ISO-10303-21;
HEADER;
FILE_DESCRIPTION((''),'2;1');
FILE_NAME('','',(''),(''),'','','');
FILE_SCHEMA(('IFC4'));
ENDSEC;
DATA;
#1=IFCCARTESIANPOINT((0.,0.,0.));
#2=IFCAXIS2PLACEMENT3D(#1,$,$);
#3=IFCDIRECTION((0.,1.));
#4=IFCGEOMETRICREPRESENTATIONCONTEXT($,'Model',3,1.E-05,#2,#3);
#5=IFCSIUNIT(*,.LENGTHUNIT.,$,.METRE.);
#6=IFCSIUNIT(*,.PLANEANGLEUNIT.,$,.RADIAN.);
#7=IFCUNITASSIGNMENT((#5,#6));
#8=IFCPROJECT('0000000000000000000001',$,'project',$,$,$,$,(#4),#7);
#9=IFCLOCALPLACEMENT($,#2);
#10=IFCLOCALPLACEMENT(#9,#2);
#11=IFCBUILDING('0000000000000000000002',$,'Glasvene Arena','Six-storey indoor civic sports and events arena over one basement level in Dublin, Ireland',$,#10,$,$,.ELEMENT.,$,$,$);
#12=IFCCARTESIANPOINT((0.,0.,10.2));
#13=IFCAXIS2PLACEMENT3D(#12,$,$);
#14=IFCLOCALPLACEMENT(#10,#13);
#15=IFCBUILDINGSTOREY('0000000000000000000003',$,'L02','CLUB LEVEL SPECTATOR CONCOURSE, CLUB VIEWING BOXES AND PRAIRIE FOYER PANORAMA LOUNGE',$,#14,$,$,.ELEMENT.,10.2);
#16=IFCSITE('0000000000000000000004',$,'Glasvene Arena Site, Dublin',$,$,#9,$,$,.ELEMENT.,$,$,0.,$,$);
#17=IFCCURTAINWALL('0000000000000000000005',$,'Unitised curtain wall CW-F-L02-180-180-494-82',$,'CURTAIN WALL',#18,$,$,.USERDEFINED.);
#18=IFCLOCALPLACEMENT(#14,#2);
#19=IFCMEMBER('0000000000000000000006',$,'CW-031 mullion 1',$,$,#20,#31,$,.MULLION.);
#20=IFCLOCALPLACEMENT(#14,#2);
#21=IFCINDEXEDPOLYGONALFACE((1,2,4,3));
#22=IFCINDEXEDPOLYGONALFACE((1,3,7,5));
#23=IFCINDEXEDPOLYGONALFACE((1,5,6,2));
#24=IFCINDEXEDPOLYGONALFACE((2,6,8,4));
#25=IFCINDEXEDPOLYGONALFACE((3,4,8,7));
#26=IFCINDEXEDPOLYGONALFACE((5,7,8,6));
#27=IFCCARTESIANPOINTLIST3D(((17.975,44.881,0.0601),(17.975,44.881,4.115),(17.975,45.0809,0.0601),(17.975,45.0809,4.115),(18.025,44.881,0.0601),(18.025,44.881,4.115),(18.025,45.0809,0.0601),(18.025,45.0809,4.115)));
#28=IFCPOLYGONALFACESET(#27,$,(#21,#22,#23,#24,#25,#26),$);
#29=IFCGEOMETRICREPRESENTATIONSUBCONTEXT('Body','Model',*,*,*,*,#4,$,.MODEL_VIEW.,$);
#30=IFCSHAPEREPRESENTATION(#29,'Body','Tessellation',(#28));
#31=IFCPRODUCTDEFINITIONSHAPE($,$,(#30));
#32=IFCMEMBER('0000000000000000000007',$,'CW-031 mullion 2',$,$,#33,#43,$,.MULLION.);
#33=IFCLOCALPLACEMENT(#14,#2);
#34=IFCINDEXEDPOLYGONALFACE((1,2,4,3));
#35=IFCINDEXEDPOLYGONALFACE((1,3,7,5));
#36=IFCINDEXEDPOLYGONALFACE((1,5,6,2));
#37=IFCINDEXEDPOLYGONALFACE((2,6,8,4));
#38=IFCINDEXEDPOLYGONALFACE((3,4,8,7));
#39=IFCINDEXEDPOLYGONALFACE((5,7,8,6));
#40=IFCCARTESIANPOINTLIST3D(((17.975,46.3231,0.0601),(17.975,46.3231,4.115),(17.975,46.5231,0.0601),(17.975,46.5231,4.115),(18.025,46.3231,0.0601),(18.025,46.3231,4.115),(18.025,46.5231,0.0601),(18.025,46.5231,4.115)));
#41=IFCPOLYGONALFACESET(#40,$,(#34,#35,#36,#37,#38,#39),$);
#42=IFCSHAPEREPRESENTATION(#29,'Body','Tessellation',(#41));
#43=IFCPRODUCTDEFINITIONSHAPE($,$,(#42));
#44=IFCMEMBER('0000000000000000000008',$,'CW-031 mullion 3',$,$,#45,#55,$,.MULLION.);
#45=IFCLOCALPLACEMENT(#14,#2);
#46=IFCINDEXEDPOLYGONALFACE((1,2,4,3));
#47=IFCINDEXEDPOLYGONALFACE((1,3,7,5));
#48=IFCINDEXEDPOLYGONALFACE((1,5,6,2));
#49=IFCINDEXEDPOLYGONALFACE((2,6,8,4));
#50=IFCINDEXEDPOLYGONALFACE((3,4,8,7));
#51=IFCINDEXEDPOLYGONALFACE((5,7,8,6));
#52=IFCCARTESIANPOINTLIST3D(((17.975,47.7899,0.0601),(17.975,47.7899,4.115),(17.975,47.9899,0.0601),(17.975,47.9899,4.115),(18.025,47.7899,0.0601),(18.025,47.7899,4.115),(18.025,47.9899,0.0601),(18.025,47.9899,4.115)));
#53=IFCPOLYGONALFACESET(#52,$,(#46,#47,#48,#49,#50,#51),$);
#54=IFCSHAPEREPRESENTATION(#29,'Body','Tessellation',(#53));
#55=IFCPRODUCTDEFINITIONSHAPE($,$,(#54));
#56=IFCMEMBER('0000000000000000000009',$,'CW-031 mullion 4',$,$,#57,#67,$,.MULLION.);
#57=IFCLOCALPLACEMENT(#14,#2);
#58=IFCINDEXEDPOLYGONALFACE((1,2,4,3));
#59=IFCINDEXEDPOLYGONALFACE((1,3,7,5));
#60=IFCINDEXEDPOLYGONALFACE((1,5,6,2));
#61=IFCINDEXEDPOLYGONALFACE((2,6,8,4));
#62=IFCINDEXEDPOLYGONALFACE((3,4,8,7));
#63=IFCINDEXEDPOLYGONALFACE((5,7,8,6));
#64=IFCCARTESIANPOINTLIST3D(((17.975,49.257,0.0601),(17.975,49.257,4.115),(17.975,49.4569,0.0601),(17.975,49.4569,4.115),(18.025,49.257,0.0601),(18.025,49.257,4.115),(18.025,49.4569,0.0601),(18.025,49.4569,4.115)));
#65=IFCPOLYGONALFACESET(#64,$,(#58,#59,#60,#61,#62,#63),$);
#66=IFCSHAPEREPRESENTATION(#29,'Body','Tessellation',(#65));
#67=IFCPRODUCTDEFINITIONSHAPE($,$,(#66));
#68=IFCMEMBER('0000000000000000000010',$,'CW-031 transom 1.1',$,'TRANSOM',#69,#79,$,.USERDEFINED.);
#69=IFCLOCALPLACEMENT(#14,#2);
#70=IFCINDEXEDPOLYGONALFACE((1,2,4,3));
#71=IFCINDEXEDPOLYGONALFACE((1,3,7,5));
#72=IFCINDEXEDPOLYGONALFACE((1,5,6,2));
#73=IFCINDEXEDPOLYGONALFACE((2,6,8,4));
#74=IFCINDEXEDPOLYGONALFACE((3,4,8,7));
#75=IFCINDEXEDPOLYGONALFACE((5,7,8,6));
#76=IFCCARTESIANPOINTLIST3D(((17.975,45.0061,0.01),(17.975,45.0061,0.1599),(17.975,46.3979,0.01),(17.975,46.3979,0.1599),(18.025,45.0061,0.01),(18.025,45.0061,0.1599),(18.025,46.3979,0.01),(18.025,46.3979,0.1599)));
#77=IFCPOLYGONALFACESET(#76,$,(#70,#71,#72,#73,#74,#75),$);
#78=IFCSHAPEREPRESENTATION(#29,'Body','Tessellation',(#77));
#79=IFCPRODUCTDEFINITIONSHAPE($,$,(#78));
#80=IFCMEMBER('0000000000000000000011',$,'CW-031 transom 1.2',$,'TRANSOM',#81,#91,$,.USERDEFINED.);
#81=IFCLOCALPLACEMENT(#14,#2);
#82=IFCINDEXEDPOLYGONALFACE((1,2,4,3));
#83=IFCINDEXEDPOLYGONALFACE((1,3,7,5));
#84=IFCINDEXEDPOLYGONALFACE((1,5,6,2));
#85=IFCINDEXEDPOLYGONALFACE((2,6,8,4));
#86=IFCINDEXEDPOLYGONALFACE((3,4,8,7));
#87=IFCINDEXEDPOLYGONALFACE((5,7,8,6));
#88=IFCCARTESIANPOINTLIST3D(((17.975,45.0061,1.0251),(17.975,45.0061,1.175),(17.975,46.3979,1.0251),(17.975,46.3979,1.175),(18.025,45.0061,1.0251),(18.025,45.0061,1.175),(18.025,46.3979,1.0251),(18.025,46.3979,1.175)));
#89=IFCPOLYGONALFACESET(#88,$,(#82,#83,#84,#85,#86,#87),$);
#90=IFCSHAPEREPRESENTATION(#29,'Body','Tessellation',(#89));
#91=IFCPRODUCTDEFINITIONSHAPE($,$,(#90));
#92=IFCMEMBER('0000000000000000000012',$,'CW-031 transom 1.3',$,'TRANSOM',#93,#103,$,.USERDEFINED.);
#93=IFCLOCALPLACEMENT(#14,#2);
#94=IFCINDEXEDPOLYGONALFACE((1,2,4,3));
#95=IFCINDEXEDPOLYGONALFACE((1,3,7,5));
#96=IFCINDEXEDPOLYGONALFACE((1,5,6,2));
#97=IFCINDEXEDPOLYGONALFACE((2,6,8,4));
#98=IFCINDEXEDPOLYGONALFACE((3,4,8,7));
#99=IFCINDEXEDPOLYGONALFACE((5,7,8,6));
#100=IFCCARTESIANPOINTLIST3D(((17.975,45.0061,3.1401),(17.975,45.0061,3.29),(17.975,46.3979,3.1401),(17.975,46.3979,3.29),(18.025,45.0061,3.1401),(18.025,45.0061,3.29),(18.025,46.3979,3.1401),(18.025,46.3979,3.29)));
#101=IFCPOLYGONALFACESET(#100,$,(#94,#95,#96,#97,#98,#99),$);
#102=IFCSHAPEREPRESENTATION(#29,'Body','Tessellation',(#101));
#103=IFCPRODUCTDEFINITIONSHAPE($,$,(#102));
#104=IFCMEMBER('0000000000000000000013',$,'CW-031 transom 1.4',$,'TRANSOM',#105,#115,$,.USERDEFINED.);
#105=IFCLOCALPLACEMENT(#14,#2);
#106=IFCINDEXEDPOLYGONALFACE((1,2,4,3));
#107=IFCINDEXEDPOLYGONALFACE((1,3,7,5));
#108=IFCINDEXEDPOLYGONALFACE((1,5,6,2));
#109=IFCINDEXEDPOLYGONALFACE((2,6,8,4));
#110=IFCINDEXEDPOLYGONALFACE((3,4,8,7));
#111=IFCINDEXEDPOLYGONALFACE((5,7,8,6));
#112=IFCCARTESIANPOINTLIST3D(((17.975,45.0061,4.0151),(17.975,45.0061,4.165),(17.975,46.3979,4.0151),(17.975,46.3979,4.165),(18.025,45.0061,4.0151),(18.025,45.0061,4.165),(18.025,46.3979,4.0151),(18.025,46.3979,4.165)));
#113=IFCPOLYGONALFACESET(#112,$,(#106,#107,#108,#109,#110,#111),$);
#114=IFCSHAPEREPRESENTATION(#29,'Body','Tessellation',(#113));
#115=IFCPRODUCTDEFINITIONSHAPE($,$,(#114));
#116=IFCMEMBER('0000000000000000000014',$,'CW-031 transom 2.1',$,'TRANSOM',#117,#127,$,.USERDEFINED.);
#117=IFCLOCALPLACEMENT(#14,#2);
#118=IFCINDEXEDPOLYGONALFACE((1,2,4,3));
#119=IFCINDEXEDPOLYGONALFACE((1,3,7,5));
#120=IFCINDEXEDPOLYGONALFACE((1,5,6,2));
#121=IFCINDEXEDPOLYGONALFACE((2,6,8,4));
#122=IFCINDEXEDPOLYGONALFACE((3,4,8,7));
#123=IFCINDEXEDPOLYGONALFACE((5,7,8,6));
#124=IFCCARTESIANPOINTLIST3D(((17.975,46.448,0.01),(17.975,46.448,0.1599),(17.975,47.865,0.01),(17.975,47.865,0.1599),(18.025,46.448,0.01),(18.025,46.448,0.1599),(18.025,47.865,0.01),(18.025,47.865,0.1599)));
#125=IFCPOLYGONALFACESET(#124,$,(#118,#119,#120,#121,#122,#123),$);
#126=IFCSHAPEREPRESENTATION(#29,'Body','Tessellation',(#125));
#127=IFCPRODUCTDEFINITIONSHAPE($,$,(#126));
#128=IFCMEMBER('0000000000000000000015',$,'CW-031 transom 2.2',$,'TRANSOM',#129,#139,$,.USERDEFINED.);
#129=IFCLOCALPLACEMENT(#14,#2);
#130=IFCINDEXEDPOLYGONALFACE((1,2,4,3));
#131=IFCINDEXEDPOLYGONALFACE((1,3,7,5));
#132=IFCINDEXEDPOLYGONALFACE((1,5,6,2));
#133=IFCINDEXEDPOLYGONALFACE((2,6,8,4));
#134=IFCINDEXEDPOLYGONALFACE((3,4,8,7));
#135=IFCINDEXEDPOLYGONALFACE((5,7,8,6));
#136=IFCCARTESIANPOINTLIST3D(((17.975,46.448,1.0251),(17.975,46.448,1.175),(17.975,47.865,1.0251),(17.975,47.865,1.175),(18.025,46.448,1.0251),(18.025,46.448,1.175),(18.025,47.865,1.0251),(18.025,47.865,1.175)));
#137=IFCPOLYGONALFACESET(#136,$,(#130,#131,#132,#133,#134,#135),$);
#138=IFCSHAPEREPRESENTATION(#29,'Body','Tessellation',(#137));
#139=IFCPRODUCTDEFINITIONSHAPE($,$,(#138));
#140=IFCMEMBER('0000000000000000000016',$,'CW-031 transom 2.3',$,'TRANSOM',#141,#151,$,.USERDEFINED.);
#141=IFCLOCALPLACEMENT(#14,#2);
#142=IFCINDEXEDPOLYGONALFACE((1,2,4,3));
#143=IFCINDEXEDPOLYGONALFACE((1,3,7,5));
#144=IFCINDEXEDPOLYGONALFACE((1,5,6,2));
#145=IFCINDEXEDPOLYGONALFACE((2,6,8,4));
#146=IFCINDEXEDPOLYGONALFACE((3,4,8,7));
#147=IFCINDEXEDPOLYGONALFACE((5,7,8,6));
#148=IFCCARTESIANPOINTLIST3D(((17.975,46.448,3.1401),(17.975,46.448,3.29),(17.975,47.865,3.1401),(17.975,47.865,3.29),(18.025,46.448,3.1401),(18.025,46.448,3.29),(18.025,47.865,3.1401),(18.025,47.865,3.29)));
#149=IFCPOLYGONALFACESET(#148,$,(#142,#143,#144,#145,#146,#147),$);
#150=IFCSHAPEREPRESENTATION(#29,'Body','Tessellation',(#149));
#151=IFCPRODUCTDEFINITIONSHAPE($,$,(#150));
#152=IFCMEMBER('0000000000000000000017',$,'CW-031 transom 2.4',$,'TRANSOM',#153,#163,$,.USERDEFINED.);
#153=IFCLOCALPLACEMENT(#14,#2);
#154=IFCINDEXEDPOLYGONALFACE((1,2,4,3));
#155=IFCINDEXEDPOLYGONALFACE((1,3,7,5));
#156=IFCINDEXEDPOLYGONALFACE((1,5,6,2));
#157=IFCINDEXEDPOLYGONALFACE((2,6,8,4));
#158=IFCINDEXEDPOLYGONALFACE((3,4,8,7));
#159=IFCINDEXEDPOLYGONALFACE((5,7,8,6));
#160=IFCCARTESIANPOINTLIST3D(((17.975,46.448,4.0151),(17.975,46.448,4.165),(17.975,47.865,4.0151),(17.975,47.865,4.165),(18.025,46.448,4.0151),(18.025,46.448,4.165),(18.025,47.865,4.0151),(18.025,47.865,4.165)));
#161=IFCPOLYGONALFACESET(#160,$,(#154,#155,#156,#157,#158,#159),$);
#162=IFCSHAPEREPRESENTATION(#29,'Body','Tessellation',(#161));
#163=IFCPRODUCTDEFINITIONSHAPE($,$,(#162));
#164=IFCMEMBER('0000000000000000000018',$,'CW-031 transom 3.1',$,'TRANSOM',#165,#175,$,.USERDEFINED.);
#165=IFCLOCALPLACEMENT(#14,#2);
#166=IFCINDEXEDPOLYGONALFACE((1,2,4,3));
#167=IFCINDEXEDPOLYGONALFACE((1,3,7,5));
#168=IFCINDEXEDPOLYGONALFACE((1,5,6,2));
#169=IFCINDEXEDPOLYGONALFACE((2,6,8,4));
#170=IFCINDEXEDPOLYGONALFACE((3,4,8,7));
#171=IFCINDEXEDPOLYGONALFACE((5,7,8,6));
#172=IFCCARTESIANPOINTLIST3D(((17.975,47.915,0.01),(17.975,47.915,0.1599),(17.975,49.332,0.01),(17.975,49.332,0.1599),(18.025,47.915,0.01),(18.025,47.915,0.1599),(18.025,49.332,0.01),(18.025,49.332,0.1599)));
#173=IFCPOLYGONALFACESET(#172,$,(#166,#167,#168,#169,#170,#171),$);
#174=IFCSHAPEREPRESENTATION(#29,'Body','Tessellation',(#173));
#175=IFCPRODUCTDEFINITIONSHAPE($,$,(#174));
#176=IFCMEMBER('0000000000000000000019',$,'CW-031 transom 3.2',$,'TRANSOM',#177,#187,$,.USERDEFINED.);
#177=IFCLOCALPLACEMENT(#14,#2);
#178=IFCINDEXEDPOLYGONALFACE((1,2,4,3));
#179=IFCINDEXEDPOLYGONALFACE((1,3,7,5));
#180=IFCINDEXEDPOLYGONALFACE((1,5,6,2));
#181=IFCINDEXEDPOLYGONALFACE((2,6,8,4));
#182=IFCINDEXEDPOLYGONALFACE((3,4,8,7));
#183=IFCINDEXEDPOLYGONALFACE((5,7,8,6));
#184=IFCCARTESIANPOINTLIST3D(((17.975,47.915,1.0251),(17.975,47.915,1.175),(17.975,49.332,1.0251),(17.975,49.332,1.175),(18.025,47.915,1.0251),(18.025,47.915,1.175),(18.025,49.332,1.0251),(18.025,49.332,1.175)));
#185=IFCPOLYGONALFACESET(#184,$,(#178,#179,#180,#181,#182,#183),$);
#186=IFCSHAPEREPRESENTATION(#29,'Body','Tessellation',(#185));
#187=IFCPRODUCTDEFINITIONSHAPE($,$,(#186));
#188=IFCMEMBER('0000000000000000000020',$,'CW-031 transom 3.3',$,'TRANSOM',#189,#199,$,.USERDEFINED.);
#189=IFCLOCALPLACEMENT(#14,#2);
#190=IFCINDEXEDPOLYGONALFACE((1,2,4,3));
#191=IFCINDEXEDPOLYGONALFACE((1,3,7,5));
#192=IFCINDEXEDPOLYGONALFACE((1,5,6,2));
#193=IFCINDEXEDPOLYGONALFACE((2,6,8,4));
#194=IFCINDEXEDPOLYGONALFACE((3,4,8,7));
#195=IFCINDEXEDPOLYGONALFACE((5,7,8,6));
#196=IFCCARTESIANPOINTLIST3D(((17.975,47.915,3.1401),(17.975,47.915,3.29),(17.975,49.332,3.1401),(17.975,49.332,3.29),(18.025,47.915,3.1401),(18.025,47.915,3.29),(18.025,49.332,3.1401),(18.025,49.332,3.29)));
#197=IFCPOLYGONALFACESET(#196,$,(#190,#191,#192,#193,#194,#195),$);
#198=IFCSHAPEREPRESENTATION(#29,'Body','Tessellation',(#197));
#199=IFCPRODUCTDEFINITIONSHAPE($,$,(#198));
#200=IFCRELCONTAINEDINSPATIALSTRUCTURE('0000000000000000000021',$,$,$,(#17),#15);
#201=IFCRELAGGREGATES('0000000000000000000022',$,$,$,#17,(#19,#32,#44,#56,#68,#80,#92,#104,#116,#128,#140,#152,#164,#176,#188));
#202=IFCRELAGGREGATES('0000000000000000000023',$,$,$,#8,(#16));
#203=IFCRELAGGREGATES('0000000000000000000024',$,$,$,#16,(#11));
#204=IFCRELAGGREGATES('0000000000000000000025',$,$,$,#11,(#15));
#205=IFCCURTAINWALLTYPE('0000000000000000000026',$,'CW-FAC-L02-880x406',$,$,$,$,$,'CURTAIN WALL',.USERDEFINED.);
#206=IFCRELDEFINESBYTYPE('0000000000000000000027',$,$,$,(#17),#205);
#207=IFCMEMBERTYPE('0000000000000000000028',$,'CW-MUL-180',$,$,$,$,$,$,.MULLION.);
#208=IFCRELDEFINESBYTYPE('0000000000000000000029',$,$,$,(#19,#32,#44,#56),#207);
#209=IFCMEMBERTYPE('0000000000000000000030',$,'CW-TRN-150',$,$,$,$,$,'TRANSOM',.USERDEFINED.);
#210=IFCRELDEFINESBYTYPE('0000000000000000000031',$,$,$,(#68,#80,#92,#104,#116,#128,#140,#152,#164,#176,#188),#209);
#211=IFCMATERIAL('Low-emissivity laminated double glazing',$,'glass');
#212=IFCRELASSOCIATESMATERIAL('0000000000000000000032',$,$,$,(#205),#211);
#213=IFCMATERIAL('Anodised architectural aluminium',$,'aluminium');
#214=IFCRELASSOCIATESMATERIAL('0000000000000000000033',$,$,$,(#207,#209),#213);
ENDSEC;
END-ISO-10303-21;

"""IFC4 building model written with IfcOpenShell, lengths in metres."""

from ifc_helpers import new_model, si_unit, direction, frame, origin, origin_2d, place, context, subcontext, project, spatial, rectangle, extrude, material, material_profile, profile_set, type_object, element, aggregate, save


model = new_model("IFC4")

# Units and contexts
model_context = context("Model", 3, precision=1e-05, world=origin(), true_north=direction((0.0, 1.0)))
body_context = subcontext(model_context, "Body", "Model", "MODEL_VIEW")
ifc_project = project(units=[si_unit("LENGTHUNIT", "METRE"), si_unit("PLANEANGLEUNIT", "RADIAN")], contexts=[model_context])

# Site, building, storey
site_placement = place(None, origin())
site = spatial("IfcSite", under=ifc_project, at=site_placement, Name="Glasvene Arena Site, Dublin", CompositionType="ELEMENT", RefElevation=0.0)
building_placement = place(site_placement, origin())
building = spatial("IfcBuilding", under=site, at=building_placement, Name="Glasvene Arena", Description="Six-storey indoor civic sports and events arena over one basement level in Dublin, Ireland", CompositionType="ELEMENT")
storey_placement = place(building_placement, frame((0.0, 0.0, 10.2)))
storey = spatial("IfcBuildingStorey", under=building, at=storey_placement, Name="L02", Description="CLUB LEVEL SPECTATOR CONCOURSE, CLUB VIEWING BOXES AND PRAIRIE FOYER PANORAMA LOUNGE", CompositionType="ELEMENT", Elevation=10.2)

# Curtain wall, members
ifc_material_1 = material(Name="Low-emissivity laminated double glazing", Category="glass")
curtain_wall_type = type_object("IfcCurtainWallType", Name="CW-FAC-L02-880x406", ElementType="CURTAIN WALL", PredefinedType="USERDEFINED", material=ifc_material_1)
curtain_wall_placement = place(storey_placement, frame((18.0, 44.9561, 0.0)))
curtain_wall = element("IfcCurtainWall", 1, at=curtain_wall_placement, inside=storey, type_object=curtain_wall_type, Name="Unitised curtain wall CW-F-L02-180-180-494-82", ObjectType="CURTAIN WALL", PredefinedType="USERDEFINED")
ifc_material_2 = material(Name="Anodised architectural aluminium", Category="aluminium")
ifc_material_profile_1 = material_profile(ifc_material_2, rectangle(XDim=0.05, YDim=0.2, at=origin_2d()), Name="ALU MULLION 50x200")
ifc_profile_set_1 = profile_set([ifc_material_profile_1], Name="Anodised architectural aluminium")
member_type_1 = type_object("IfcMemberType", Name="CW-MUL-180", PredefinedType="MULLION", material=ifc_profile_set_1)
member_1_placement = place(storey_placement, frame((18.0, 44.981, 0.0601), z_axis=(0.0, 0.0, 1.0), x_axis=(-1.0, 0.0, 0.0)))
member_1 = element("IfcMember", 2, at=member_1_placement, type_object=member_type_1, Name="CW-031 mullion 1", PredefinedType="MULLION", context=body_context, shape_type="SweptSolid", body=[
    extrude(rectangle(XDim=0.05, YDim=0.2, at=origin_2d()), origin(), (0.0, 0.0, 1.0), 4.0549),
])
member_2_placement = place(storey_placement, frame((18.0, 46.4231, 0.0601), z_axis=(0.0, 0.0, 1.0), x_axis=(-1.0, 0.0, 0.0)))
member_2 = element("IfcMember", 3, at=member_2_placement, type_object=member_type_1, Name="CW-031 mullion 2", PredefinedType="MULLION", context=body_context, shape_type="SweptSolid", body=[
    extrude(rectangle(XDim=0.05, YDim=0.2, at=origin_2d()), origin(), (0.0, 0.0, 1.0), 4.0549),
])
member_3_placement = place(storey_placement, frame((18.0, 47.8899, 0.0601), z_axis=(0.0, 0.0, 1.0), x_axis=(-1.0, 0.0, 0.0)))
member_3 = element("IfcMember", 4, at=member_3_placement, type_object=member_type_1, Name="CW-031 mullion 3", PredefinedType="MULLION", context=body_context, shape_type="SweptSolid", body=[
    extrude(rectangle(XDim=0.05, YDim=0.2, at=origin_2d()), origin(), (0.0, 0.0, 1.0), 4.0549),
])
member_4_placement = place(storey_placement, frame((18.0, 49.3569, 0.0601), z_axis=(0.0, 0.0, 1.0), x_axis=(-1.0, 0.0, 0.0)))
member_4 = element("IfcMember", 5, at=member_4_placement, type_object=member_type_1, Name="CW-031 mullion 4", PredefinedType="MULLION", context=body_context, shape_type="SweptSolid", body=[
    extrude(rectangle(XDim=0.05, YDim=0.2, at=origin_2d()), origin(), (0.0, 0.0, 1.0), 4.0549),
])
ifc_material_profile_2 = material_profile(ifc_material_2, rectangle(XDim=0.05, YDim=0.1499, at=origin_2d()), Name="ALU TRANSOM 50x150")
ifc_profile_set_2 = profile_set([ifc_material_profile_2], Name="Anodised architectural aluminium")
member_type_2 = type_object("IfcMemberType", Name="CW-TRN-150", ElementType="TRANSOM", PredefinedType="USERDEFINED", material=ifc_profile_set_2)
member_5_placement = place(storey_placement, frame((18.0, 45.0061, 0.085), z_axis=(0.0, 1.0, 0.0), x_axis=(-1.0, 0.0, 0.0)))
member_5 = element("IfcMember", 6, at=member_5_placement, type_object=member_type_2, Name="CW-031 transom 1.1", ObjectType="TRANSOM", PredefinedType="USERDEFINED", context=body_context, shape_type="SweptSolid", body=[
    extrude(rectangle(XDim=0.05, YDim=0.1499, at=origin_2d()), origin(), (0.0, 0.0, 1.0), 1.3918),
])
member_6_placement = place(storey_placement, frame((18.0, 45.0061, 1.1001), z_axis=(0.0, 1.0, 0.0), x_axis=(-1.0, 0.0, 0.0)))
member_6 = element("IfcMember", 7, at=member_6_placement, type_object=member_type_2, Name="CW-031 transom 1.2", ObjectType="TRANSOM", PredefinedType="USERDEFINED", context=body_context, shape_type="SweptSolid", body=[
    extrude(rectangle(XDim=0.05, YDim=0.1499, at=origin_2d()), origin(), (0.0, 0.0, 1.0), 1.3918),
])
member_7_placement = place(storey_placement, frame((18.0, 45.0061, 3.2151), z_axis=(0.0, 1.0, 0.0), x_axis=(-1.0, 0.0, 0.0)))
member_7 = element("IfcMember", 8, at=member_7_placement, type_object=member_type_2, Name="CW-031 transom 1.3", ObjectType="TRANSOM", PredefinedType="USERDEFINED", context=body_context, shape_type="SweptSolid", body=[
    extrude(rectangle(XDim=0.05, YDim=0.1499, at=origin_2d()), origin(), (0.0, 0.0, 1.0), 1.3918),
])
member_8_placement = place(storey_placement, frame((18.0, 45.0061, 4.0901), z_axis=(0.0, 1.0, 0.0), x_axis=(-1.0, 0.0, 0.0)))
member_8 = element("IfcMember", 9, at=member_8_placement, type_object=member_type_2, Name="CW-031 transom 1.4", ObjectType="TRANSOM", PredefinedType="USERDEFINED", context=body_context, shape_type="SweptSolid", body=[
    extrude(rectangle(XDim=0.05, YDim=0.1499, at=origin_2d()), origin(), (0.0, 0.0, 1.0), 1.3918),
])
member_9_placement = place(storey_placement, frame((18.0, 46.448, 0.085), z_axis=(0.0, 1.0, 0.0), x_axis=(-1.0, 0.0, 0.0)))
member_9 = element("IfcMember", 10, at=member_9_placement, type_object=member_type_2, Name="CW-031 transom 2.1", ObjectType="TRANSOM", PredefinedType="USERDEFINED", context=body_context, shape_type="SweptSolid", body=[
    extrude(rectangle(XDim=0.05, YDim=0.1499, at=origin_2d()), origin(), (0.0, 0.0, 1.0), 1.417),
])
member_10_placement = place(storey_placement, frame((18.0, 46.448, 1.1001), z_axis=(0.0, 1.0, 0.0), x_axis=(-1.0, 0.0, 0.0)))
member_10 = element("IfcMember", 11, at=member_10_placement, type_object=member_type_2, Name="CW-031 transom 2.2", ObjectType="TRANSOM", PredefinedType="USERDEFINED", context=body_context, shape_type="SweptSolid", body=[
    extrude(rectangle(XDim=0.05, YDim=0.1499, at=origin_2d()), origin(), (0.0, 0.0, 1.0), 1.417),
])
member_11_placement = place(storey_placement, frame((18.0, 46.448, 3.2151), z_axis=(0.0, 1.0, 0.0), x_axis=(-1.0, 0.0, 0.0)))
member_11 = element("IfcMember", 12, at=member_11_placement, type_object=member_type_2, Name="CW-031 transom 2.3", ObjectType="TRANSOM", PredefinedType="USERDEFINED", context=body_context, shape_type="SweptSolid", body=[
    extrude(rectangle(XDim=0.05, YDim=0.1499, at=origin_2d()), origin(), (0.0, 0.0, 1.0), 1.417),
])
member_12_placement = place(storey_placement, frame((18.0, 46.448, 4.0901), z_axis=(0.0, 1.0, 0.0), x_axis=(-1.0, 0.0, 0.0)))
member_12 = element("IfcMember", 13, at=member_12_placement, type_object=member_type_2, Name="CW-031 transom 2.4", ObjectType="TRANSOM", PredefinedType="USERDEFINED", context=body_context, shape_type="SweptSolid", body=[
    extrude(rectangle(XDim=0.05, YDim=0.1499, at=origin_2d()), origin(), (0.0, 0.0, 1.0), 1.417),
])
member_13_placement = place(storey_placement, frame((18.0, 47.915, 0.085), z_axis=(0.0, 1.0, 0.0), x_axis=(-1.0, 0.0, 0.0)))
member_13 = element("IfcMember", 14, at=member_13_placement, type_object=member_type_2, Name="CW-031 transom 3.1", ObjectType="TRANSOM", PredefinedType="USERDEFINED", context=body_context, shape_type="SweptSolid", body=[
    extrude(rectangle(XDim=0.05, YDim=0.1499, at=origin_2d()), origin(), (0.0, 0.0, 1.0), 1.417),
])
member_14_placement = place(storey_placement, frame((18.0, 47.915, 1.1001), z_axis=(0.0, 1.0, 0.0), x_axis=(-1.0, 0.0, 0.0)))
member_14 = element("IfcMember", 15, at=member_14_placement, type_object=member_type_2, Name="CW-031 transom 3.2", ObjectType="TRANSOM", PredefinedType="USERDEFINED", context=body_context, shape_type="SweptSolid", body=[
    extrude(rectangle(XDim=0.05, YDim=0.1499, at=origin_2d()), origin(), (0.0, 0.0, 1.0), 1.417),
])
member_15_placement = place(storey_placement, frame((18.0, 47.915, 3.2151), z_axis=(0.0, 1.0, 0.0), x_axis=(-1.0, 0.0, 0.0)))
member_15 = element("IfcMember", 16, at=member_15_placement, type_object=member_type_2, Name="CW-031 transom 3.3", ObjectType="TRANSOM", PredefinedType="USERDEFINED", context=body_context, shape_type="SweptSolid", body=[
    extrude(rectangle(XDim=0.05, YDim=0.1499, at=origin_2d()), origin(), (0.0, 0.0, 1.0), 1.417),
])
aggregate(curtain_wall, [member_1, member_2, member_3, member_4, member_5, member_6, member_7, member_8, member_9, member_10, member_11, member_12, member_13, member_14, member_15])

save(model, "model.ifc")
